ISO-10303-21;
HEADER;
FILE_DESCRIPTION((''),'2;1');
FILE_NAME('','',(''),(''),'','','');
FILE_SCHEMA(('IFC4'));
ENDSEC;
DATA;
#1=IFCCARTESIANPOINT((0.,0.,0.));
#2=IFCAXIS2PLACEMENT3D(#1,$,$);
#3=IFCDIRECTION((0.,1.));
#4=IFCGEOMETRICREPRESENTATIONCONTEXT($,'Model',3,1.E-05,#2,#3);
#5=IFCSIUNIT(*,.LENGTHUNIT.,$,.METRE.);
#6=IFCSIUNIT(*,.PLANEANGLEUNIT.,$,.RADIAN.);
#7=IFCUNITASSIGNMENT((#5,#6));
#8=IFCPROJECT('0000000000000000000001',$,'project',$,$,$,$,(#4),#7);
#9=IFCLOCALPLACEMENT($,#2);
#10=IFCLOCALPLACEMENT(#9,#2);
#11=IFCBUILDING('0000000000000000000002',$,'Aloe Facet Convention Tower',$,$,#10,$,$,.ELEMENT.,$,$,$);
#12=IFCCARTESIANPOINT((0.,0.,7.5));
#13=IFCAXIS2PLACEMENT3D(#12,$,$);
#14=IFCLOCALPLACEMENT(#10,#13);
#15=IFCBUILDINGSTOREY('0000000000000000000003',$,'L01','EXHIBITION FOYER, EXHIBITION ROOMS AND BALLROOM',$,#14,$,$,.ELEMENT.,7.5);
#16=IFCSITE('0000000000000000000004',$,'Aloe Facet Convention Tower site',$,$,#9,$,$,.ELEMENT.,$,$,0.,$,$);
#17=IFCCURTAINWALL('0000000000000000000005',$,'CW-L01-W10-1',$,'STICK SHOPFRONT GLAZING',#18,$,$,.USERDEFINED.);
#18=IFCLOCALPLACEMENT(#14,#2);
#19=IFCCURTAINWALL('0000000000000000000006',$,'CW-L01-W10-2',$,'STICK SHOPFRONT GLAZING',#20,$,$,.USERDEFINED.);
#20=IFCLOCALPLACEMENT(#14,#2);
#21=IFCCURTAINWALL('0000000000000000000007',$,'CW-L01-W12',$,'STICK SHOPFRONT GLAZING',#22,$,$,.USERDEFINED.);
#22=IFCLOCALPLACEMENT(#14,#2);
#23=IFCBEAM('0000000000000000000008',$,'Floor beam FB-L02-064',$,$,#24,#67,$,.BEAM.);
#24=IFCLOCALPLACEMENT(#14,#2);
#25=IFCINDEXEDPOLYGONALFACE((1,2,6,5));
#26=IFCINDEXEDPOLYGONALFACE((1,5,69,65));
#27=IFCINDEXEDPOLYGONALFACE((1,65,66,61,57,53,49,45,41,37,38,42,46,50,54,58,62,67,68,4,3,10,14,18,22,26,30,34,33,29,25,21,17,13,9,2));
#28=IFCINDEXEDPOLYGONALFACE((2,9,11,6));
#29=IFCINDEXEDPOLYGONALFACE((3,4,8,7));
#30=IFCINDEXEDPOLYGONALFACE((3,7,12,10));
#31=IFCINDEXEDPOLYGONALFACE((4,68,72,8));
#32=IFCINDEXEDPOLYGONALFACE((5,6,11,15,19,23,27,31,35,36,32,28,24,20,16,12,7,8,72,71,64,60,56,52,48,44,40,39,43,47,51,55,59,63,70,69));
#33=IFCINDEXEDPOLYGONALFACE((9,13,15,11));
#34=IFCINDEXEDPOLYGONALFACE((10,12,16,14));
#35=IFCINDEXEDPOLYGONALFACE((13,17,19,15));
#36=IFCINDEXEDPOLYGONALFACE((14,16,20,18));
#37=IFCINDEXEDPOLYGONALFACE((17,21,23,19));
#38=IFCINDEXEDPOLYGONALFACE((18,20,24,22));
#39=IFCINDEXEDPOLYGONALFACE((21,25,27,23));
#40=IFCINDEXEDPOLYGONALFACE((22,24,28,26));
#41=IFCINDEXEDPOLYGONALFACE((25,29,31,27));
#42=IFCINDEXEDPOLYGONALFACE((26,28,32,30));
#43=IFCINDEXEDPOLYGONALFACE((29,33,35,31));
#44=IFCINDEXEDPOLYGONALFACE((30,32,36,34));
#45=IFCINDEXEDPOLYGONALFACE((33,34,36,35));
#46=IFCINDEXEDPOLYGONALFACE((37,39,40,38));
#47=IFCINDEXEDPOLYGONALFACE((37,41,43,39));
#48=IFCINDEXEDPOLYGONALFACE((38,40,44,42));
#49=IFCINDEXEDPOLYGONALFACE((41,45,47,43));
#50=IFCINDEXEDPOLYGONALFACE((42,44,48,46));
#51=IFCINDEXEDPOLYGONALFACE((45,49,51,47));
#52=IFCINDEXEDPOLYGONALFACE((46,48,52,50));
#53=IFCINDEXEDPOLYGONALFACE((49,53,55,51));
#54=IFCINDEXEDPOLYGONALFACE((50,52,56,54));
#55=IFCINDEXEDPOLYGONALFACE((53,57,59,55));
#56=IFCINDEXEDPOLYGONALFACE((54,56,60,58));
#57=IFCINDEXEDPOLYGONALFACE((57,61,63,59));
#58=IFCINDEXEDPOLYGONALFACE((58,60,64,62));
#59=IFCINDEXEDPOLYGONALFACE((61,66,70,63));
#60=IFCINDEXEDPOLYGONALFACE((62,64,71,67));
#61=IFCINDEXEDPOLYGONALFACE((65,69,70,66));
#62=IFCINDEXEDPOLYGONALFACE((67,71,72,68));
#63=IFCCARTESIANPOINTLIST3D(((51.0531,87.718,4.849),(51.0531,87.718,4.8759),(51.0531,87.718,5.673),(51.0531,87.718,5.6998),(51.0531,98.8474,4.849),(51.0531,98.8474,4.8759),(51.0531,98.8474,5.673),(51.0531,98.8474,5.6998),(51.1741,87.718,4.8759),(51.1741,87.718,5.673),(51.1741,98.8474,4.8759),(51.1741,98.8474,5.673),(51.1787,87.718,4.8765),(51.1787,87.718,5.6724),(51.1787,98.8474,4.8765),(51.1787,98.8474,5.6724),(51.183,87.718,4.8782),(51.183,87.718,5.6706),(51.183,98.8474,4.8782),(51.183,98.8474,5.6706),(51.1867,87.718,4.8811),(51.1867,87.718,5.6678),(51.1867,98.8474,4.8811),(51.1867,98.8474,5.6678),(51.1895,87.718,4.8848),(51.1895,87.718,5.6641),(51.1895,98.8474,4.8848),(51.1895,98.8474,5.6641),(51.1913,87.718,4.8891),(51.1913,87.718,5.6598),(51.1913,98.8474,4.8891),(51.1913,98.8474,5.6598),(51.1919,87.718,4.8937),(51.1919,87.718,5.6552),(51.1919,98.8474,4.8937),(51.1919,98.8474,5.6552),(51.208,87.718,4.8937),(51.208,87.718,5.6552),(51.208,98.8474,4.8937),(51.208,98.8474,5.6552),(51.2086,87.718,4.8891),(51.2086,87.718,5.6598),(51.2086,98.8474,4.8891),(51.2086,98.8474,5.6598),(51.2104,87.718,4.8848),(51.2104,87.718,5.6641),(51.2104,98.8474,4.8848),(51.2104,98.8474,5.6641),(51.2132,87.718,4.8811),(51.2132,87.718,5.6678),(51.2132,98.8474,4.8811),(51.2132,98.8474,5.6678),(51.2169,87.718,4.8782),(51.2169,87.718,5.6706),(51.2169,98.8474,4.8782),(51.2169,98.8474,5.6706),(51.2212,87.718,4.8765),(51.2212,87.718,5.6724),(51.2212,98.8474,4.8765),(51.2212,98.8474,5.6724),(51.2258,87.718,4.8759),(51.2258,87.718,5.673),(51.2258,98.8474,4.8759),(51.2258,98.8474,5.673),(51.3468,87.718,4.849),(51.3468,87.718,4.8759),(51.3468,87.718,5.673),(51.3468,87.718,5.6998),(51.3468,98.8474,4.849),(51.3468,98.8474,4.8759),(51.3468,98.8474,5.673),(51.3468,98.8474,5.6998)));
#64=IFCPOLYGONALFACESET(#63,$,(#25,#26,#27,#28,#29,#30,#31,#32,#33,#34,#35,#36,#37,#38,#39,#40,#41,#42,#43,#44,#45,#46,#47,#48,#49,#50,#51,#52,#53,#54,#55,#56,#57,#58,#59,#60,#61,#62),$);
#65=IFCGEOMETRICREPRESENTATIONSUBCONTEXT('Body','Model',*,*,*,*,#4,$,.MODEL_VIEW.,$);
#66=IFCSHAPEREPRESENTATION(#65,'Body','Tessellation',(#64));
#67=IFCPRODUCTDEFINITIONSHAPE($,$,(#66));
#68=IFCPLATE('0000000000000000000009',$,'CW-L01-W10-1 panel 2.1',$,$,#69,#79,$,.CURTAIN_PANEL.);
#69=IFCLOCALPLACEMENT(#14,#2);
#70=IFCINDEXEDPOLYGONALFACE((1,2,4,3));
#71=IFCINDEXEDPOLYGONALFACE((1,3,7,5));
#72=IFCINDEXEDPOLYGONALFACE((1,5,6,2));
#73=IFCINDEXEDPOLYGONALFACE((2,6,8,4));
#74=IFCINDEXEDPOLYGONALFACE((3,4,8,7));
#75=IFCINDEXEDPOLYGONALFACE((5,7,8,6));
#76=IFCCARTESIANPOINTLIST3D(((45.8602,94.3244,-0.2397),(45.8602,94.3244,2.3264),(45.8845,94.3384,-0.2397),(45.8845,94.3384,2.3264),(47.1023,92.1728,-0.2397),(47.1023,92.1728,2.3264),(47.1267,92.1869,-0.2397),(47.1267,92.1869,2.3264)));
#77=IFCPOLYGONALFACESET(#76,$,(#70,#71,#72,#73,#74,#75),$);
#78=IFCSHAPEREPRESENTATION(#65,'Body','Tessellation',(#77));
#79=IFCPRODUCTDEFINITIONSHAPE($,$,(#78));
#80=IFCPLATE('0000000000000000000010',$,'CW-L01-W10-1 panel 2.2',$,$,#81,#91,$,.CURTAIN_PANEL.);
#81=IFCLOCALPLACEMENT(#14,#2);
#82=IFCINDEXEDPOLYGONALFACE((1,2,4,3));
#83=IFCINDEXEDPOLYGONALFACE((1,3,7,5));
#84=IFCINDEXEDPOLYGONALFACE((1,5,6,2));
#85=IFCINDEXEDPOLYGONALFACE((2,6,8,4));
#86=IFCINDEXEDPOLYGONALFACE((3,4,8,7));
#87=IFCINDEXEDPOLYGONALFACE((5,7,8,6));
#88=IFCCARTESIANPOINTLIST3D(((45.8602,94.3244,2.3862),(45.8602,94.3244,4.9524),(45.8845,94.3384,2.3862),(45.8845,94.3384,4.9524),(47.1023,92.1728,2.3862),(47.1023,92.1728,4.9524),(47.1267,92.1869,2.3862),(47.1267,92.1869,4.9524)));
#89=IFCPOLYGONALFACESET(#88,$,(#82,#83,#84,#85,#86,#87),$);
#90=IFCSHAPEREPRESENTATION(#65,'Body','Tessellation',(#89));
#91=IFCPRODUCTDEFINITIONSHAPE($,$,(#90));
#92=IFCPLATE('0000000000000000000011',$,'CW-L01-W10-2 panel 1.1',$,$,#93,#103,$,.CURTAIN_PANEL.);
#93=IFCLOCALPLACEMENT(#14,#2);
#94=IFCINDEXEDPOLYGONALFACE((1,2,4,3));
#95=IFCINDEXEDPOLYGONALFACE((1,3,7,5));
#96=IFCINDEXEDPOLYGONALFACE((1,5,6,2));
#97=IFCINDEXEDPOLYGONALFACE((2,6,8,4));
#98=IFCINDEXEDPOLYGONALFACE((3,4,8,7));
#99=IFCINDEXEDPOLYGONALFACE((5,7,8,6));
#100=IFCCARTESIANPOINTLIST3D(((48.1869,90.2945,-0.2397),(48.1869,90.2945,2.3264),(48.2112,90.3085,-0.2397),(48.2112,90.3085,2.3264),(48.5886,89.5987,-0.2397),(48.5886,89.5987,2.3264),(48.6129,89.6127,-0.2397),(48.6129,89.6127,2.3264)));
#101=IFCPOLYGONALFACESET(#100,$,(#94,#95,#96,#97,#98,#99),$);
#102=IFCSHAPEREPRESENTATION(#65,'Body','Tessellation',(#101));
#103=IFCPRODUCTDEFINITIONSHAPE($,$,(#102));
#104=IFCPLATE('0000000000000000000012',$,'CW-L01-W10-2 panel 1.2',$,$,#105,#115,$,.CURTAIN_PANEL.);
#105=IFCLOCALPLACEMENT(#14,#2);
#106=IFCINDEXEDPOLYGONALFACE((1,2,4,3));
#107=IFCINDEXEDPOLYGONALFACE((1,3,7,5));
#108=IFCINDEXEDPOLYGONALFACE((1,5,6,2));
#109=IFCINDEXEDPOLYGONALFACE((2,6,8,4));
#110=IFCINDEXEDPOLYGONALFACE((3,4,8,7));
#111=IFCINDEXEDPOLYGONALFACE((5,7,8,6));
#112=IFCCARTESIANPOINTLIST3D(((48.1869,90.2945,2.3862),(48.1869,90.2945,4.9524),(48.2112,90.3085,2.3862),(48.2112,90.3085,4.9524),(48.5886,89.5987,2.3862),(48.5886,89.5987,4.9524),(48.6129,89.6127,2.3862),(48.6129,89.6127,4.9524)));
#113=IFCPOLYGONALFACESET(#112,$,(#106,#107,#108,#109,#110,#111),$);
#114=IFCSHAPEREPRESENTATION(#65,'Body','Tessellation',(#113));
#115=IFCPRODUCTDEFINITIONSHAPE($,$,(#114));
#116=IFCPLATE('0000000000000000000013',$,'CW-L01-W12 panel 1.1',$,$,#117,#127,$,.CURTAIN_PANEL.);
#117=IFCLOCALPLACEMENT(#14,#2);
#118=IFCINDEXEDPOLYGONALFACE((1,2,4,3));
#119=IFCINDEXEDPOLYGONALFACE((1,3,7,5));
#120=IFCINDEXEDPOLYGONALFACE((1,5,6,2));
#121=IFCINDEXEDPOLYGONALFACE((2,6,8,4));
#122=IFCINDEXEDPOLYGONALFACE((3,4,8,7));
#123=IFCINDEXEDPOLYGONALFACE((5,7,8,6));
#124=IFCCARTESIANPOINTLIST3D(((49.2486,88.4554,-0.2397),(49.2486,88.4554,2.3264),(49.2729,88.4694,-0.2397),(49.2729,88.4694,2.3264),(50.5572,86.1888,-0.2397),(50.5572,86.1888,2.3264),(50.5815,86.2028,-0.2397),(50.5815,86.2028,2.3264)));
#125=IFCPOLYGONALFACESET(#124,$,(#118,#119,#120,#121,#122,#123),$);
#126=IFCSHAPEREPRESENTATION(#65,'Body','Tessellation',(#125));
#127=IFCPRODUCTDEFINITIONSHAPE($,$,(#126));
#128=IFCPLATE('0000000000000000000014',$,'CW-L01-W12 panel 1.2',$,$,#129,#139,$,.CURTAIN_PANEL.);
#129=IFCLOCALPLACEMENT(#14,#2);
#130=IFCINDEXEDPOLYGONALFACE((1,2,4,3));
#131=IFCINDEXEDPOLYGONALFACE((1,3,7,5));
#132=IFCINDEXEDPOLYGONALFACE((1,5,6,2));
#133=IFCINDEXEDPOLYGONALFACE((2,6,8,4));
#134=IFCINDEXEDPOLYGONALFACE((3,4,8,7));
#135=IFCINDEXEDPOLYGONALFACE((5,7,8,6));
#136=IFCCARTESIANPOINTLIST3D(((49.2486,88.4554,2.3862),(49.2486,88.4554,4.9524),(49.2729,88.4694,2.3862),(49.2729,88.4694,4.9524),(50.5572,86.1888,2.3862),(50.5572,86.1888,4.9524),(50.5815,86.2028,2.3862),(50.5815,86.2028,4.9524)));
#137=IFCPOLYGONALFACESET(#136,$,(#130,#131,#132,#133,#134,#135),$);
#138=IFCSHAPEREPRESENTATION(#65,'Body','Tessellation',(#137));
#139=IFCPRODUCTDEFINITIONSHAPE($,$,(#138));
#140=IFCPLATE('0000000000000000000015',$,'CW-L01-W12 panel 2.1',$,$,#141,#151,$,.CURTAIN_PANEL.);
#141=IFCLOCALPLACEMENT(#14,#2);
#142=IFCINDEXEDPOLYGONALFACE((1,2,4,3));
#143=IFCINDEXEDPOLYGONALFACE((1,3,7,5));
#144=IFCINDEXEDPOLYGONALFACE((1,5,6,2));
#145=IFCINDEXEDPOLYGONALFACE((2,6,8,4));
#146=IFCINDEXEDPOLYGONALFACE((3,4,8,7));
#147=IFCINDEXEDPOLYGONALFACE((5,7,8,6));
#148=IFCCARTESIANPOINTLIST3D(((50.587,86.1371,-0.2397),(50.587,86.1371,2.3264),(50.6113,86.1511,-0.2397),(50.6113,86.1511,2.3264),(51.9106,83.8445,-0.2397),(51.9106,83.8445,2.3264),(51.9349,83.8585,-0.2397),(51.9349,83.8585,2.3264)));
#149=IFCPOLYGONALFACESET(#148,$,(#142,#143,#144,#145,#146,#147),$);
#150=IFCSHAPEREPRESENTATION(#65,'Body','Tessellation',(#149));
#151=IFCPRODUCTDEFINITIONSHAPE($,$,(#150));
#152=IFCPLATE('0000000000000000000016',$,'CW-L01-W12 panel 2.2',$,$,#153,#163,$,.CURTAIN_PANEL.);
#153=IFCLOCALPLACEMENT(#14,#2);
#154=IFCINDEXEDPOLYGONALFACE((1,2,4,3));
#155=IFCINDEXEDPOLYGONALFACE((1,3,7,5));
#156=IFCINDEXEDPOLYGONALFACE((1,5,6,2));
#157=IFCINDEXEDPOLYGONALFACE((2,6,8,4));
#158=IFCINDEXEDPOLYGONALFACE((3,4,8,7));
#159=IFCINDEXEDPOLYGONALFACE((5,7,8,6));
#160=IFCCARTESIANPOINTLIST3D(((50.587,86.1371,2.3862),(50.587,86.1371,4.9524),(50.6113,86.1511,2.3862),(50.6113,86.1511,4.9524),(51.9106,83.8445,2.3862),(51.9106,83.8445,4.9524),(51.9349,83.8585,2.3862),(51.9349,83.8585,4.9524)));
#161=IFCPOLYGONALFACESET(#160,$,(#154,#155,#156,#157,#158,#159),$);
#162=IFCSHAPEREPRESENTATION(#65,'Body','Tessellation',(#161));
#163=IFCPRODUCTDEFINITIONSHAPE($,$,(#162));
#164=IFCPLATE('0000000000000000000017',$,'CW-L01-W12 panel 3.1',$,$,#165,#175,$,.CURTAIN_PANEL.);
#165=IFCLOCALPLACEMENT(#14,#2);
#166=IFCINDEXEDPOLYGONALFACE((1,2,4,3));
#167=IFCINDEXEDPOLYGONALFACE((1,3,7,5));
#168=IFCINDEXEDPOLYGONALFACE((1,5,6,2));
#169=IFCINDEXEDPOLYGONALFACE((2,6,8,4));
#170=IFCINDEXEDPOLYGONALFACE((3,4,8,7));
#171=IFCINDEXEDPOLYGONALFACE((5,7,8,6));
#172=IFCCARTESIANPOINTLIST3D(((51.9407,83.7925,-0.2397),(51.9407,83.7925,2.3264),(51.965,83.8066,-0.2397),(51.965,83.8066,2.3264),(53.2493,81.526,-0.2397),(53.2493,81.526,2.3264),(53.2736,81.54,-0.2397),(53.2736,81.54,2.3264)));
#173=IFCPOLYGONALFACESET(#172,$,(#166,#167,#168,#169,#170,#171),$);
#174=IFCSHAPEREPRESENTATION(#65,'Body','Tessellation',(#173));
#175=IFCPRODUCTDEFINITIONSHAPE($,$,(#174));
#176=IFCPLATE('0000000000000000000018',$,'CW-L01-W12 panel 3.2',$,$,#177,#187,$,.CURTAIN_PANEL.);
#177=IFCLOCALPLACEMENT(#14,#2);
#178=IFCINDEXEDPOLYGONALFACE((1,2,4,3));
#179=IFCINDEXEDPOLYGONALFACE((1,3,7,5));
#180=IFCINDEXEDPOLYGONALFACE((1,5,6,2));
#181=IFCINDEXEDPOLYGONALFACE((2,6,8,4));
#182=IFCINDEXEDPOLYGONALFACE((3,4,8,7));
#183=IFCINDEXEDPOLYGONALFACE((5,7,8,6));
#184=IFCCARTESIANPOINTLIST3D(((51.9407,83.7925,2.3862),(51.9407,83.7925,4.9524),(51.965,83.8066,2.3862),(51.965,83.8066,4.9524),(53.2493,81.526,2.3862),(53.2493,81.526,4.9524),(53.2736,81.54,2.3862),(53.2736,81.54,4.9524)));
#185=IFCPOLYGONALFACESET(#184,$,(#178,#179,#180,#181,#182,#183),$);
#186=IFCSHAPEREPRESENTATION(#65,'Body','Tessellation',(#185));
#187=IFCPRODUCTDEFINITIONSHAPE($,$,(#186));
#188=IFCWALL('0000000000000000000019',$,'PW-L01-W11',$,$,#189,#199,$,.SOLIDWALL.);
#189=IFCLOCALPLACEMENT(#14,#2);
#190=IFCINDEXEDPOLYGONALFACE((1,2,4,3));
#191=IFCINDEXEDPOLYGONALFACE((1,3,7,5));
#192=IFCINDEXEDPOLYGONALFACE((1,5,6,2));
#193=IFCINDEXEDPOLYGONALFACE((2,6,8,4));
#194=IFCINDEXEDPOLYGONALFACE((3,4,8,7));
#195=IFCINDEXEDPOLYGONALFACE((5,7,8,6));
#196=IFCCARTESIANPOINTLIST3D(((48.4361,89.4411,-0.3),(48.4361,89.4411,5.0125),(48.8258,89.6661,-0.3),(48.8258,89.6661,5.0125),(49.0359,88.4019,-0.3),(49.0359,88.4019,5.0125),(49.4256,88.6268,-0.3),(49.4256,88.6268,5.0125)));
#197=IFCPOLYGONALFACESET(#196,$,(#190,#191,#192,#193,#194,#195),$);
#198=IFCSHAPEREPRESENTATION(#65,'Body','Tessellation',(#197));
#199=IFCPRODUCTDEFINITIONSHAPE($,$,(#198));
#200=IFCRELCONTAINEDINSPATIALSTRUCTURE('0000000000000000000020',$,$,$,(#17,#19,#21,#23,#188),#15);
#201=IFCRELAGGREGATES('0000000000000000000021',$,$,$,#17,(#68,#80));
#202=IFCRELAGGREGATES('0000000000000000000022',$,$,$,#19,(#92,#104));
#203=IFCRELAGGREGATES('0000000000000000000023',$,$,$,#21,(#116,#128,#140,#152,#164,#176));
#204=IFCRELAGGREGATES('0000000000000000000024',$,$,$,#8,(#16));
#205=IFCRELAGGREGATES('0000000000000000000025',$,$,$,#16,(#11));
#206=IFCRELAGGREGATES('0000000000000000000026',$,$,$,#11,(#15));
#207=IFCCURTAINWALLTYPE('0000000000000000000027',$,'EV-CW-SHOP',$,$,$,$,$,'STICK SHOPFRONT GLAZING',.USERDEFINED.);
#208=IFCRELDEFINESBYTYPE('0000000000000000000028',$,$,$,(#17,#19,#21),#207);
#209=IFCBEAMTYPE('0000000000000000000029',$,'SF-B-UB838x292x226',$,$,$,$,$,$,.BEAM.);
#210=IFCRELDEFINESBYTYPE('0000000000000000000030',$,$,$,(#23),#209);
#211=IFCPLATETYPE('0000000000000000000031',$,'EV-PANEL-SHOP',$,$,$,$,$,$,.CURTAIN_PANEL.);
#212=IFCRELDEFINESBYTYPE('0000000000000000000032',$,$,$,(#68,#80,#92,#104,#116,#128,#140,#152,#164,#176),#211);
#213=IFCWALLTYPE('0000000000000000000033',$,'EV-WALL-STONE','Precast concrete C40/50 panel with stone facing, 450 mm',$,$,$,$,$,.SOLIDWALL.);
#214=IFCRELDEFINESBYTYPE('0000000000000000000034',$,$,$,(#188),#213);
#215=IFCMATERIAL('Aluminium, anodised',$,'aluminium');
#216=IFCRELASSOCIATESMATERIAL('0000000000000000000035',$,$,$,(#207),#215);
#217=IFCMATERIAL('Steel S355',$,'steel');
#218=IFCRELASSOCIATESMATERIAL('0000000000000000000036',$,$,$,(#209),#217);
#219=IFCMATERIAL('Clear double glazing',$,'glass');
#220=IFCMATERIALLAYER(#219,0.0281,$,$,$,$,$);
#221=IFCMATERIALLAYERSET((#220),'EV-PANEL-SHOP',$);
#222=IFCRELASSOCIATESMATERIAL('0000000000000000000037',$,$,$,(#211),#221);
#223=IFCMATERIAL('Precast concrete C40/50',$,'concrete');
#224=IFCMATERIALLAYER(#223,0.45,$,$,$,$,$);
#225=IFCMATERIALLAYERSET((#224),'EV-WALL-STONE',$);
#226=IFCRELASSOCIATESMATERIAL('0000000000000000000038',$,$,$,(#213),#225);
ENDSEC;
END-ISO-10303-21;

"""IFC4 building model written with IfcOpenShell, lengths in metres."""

from ifc_helpers import new_model, si_unit, direction, frame, frame_2d, origin, origin_2d, place, context, subcontext, project, spatial, rectangle, i_section, extrude, material, layer, layer_set, material_profile, profile_set, type_object, element, aggregate, save


model = new_model("IFC4")

# Units and contexts
model_context = context("Model", 3, precision=1e-05, world=origin(), true_north=direction((0.0, 1.0)))
body_context = subcontext(model_context, "Body", "Model", "MODEL_VIEW")
ifc_project = project(units=[si_unit("LENGTHUNIT", "METRE"), si_unit("PLANEANGLEUNIT", "RADIAN")], contexts=[model_context])

# Site, building, storey
site_placement = place(None, origin())
site = spatial("IfcSite", under=ifc_project, at=site_placement, Name="Aloe Facet Convention Tower site", CompositionType="ELEMENT", RefElevation=0.0)
building_placement = place(site_placement, origin())
building = spatial("IfcBuilding", under=site, at=building_placement, Name="Aloe Facet Convention Tower", CompositionType="ELEMENT")
storey_placement = place(building_placement, frame((0.0, 0.0, 7.5)))
storey = spatial("IfcBuildingStorey", under=building, at=storey_placement, Name="L01", Description="EXHIBITION FOYER, EXHIBITION ROOMS AND BALLROOM", CompositionType="ELEMENT", Elevation=7.5)

# Curtain wall
ifc_material_1 = material(Name="Aluminium, anodised", Category="aluminium")
curtain_wall_type = type_object("IfcCurtainWallType", Name="EV-CW-SHOP", ElementType="STICK SHOPFRONT GLAZING", PredefinedType="USERDEFINED", material=ifc_material_1)
curtain_wall_1_placement = place(storey_placement, origin())
curtain_wall_1 = element("IfcCurtainWall", 1, at=curtain_wall_1_placement, inside=storey, type_object=curtain_wall_type, Name="CW-L01-W10-1", ObjectType="STICK SHOPFRONT GLAZING", PredefinedType="USERDEFINED")

# Curtain walls
curtain_wall_2_placement = place(storey_placement, origin())
curtain_wall_2 = element("IfcCurtainWall", 2, at=curtain_wall_2_placement, inside=storey, type_object=curtain_wall_type, Name="CW-L01-W10-2", ObjectType="STICK SHOPFRONT GLAZING", PredefinedType="USERDEFINED")
curtain_wall_3_placement = place(storey_placement, origin())
curtain_wall_3 = element("IfcCurtainWall", 3, at=curtain_wall_3_placement, inside=storey, type_object=curtain_wall_type, Name="CW-L01-W12", ObjectType="STICK SHOPFRONT GLAZING", PredefinedType="USERDEFINED")

# Beam
ifc_material_2 = material(Name="Steel S355", Category="steel")
ifc_material_profile_1 = material_profile(ifc_material_2, i_section(OverallWidth=0.2937, OverallDepth=0.8508, WebThickness=0.0161, FlangeThickness=0.0269, FilletRadius=0.0178, at=origin_2d()), Name="UB 838x292x226")
ifc_profile_set_1 = profile_set([ifc_material_profile_1], Name="Steel S355")
beam_type_1 = type_object("IfcBeamType", Name="SF-B-UB838x292x226", PredefinedType="BEAM", material=ifc_profile_set_1)
beam_1_placement = place(storey_placement, frame((51.2, 87.718, 5.2744), z_axis=(0.0, 1.0, 0.0), x_axis=(-1.0, 0.0, 0.0)))
element("IfcBeam", 4, at=beam_1_placement, inside=storey, type_object=beam_type_1, Name="Floor beam FB-L02-064", PredefinedType="BEAM", context=body_context, shape_type="SweptSolid", body=[
    extrude(i_section(OverallWidth=0.2937, OverallDepth=0.8508, WebThickness=0.0161, FlangeThickness=0.0269, FilletRadius=0.0178, at=origin_2d()), origin(), (0.0, 0.0, 1.0), 11.1294),
])

# Plates
ifc_material_3 = material(Name="Clear double glazing", Category="glass")
ifc_layer_1 = layer(ifc_material_3, 0.0281)
ifc_layer_set_1 = layer_set([ifc_layer_1], Name="EV-PANEL-SHOP")
plate_type = type_object("IfcPlateType", Name="EV-PANEL-SHOP", PredefinedType="CURTAIN_PANEL", material=ifc_layer_set_1)
plate_1_placement = place(storey_placement, frame((46.4934, 93.2556, -0.2397), z_axis=(0.0, 0.0, 1.0), x_axis=(0.5, -0.866025, 0.0)))
plate_1 = element("IfcPlate", 5, at=plate_1_placement, type_object=plate_type, Name="CW-L01-W10-1 panel 2.1", PredefinedType="CURTAIN_PANEL", context=body_context, shape_type="SweptSolid", body=[
    extrude(rectangle(XDim=2.4844, YDim=0.0281, at=origin_2d()), origin(), (0.0, 0.0, 1.0), 2.5662),
])
plate_2_placement = place(storey_placement, frame((46.4934, 93.2556, 2.3862), z_axis=(0.0, 0.0, 1.0), x_axis=(0.5, -0.866025, 0.0)))
plate_2 = element("IfcPlate", 6, at=plate_2_placement, type_object=plate_type, Name="CW-L01-W10-1 panel 2.2", PredefinedType="CURTAIN_PANEL", context=body_context, shape_type="SweptSolid", body=[
    extrude(rectangle(XDim=2.4844, YDim=0.0281, at=origin_2d()), origin(), (0.0, 0.0, 1.0), 2.5662),
])
aggregate(curtain_wall_1, [plate_1, plate_2])
plate_3_placement = place(storey_placement, frame((48.3999, 89.9536, -0.2397), z_axis=(0.0, 0.0, 1.0), x_axis=(0.5, -0.866025, 0.0)))
plate_3 = element("IfcPlate", 7, at=plate_3_placement, type_object=plate_type, Name="CW-L01-W10-2 panel 1.1", PredefinedType="CURTAIN_PANEL", context=body_context, shape_type="SweptSolid", body=[
    extrude(rectangle(XDim=0.8035, YDim=0.0281, at=origin_2d()), origin(), (0.0, 0.0, 1.0), 2.5662),
])
plate_4_placement = place(storey_placement, frame((48.3999, 89.9536, 2.3862), z_axis=(0.0, 0.0, 1.0), x_axis=(0.5, -0.866025, 0.0)))
plate_4 = element("IfcPlate", 8, at=plate_4_placement, type_object=plate_type, Name="CW-L01-W10-2 panel 1.2", PredefinedType="CURTAIN_PANEL", context=body_context, shape_type="SweptSolid", body=[
    extrude(rectangle(XDim=0.8035, YDim=0.0281, at=origin_2d()), origin(), (0.0, 0.0, 1.0), 2.5662),
])
aggregate(curtain_wall_2, [plate_3, plate_4])
plate_5_placement = place(storey_placement, frame((49.915, 87.3291, -0.2397), z_axis=(0.0, 0.0, 1.0), x_axis=(0.5, -0.866025, 0.0)))
plate_5 = element("IfcPlate", 9, at=plate_5_placement, type_object=plate_type, Name="CW-L01-W12 panel 1.1", PredefinedType="CURTAIN_PANEL", context=body_context, shape_type="SweptSolid", body=[
    extrude(rectangle(XDim=2.6172, YDim=0.0281, at=origin_2d()), origin(), (0.0, 0.0, 1.0), 2.5662),
])
plate_6_placement = place(storey_placement, frame((49.915, 87.3291, 2.3862), z_axis=(0.0, 0.0, 1.0), x_axis=(0.5, -0.866025, 0.0)))
plate_6 = element("IfcPlate", 10, at=plate_6_placement, type_object=plate_type, Name="CW-L01-W12 panel 1.2", PredefinedType="CURTAIN_PANEL", context=body_context, shape_type="SweptSolid", body=[
    extrude(rectangle(XDim=2.6172, YDim=0.0281, at=origin_2d()), origin(), (0.0, 0.0, 1.0), 2.5662),
])
plate_7_placement = place(storey_placement, frame((51.261, 84.9978, -0.2397), z_axis=(0.0, 0.0, 1.0), x_axis=(0.5, -0.866025, 0.0)))
plate_7 = element("IfcPlate", 11, at=plate_7_placement, type_object=plate_type, Name="CW-L01-W12 panel 2.1", PredefinedType="CURTAIN_PANEL", context=body_context, shape_type="SweptSolid", body=[
    extrude(rectangle(XDim=2.6472, YDim=0.0281, at=origin_2d()), origin(), (0.0, 0.0, 1.0), 2.5662),
])
plate_8_placement = place(storey_placement, frame((51.261, 84.9978, 2.3862), z_axis=(0.0, 0.0, 1.0), x_axis=(0.5, -0.866025, 0.0)))
plate_8 = element("IfcPlate", 12, at=plate_8_placement, type_object=plate_type, Name="CW-L01-W12 panel 2.2", PredefinedType="CURTAIN_PANEL", context=body_context, shape_type="SweptSolid", body=[
    extrude(rectangle(XDim=2.6472, YDim=0.0281, at=origin_2d()), origin(), (0.0, 0.0, 1.0), 2.5662),
])
plate_9_placement = place(storey_placement, frame((52.6072, 82.6663, -0.2397), z_axis=(0.0, 0.0, 1.0), x_axis=(0.5, -0.866025, 0.0)))
plate_9 = element("IfcPlate", 13, at=plate_9_placement, type_object=plate_type, Name="CW-L01-W12 panel 3.1", PredefinedType="CURTAIN_PANEL", context=body_context, shape_type="SweptSolid", body=[
    extrude(rectangle(XDim=2.6172, YDim=0.0281, at=origin_2d()), origin(), (0.0, 0.0, 1.0), 2.5662),
])
plate_10_placement = place(storey_placement, frame((52.6072, 82.6663, 2.3862), z_axis=(0.0, 0.0, 1.0), x_axis=(0.5, -0.866025, 0.0)))
plate_10 = element("IfcPlate", 14, at=plate_10_placement, type_object=plate_type, Name="CW-L01-W12 panel 3.2", PredefinedType="CURTAIN_PANEL", context=body_context, shape_type="SweptSolid", body=[
    extrude(rectangle(XDim=2.6172, YDim=0.0281, at=origin_2d()), origin(), (0.0, 0.0, 1.0), 2.5662),
])
aggregate(curtain_wall_3, [plate_5, plate_6, plate_7, plate_8, plate_9, plate_10])

# Wall
ifc_material_4 = material(Name="Precast concrete C40/50", Category="concrete")
ifc_layer_2 = layer(ifc_material_4, 0.45)
ifc_layer_set_2 = layer_set([ifc_layer_2], Name="EV-WALL-STONE")
wall_type = type_object("IfcWallType", Name="EV-WALL-STONE", Description="Precast concrete C40/50 panel with stone facing, 450 mm", PredefinedType="SOLIDWALL", material=ifc_layer_set_2)
wall_placement = place(storey_placement, frame((48.6309, 89.5537, -0.3), z_axis=(0.0, 0.0, 1.0), x_axis=(0.499881, -0.866094, 0.0)))
element("IfcWall", 15, at=wall_placement, inside=storey, type_object=wall_type, Name="PW-L01-W11", PredefinedType="SOLIDWALL", context=body_context, shape_type="SweptSolid", body=[
    extrude(rectangle(XDim=1.2, YDim=0.45, at=frame_2d((0.6001, 0.0))), origin(), (0.0, 0.0, 1.0), 5.3125),
])

save(model, "model.ifc")
